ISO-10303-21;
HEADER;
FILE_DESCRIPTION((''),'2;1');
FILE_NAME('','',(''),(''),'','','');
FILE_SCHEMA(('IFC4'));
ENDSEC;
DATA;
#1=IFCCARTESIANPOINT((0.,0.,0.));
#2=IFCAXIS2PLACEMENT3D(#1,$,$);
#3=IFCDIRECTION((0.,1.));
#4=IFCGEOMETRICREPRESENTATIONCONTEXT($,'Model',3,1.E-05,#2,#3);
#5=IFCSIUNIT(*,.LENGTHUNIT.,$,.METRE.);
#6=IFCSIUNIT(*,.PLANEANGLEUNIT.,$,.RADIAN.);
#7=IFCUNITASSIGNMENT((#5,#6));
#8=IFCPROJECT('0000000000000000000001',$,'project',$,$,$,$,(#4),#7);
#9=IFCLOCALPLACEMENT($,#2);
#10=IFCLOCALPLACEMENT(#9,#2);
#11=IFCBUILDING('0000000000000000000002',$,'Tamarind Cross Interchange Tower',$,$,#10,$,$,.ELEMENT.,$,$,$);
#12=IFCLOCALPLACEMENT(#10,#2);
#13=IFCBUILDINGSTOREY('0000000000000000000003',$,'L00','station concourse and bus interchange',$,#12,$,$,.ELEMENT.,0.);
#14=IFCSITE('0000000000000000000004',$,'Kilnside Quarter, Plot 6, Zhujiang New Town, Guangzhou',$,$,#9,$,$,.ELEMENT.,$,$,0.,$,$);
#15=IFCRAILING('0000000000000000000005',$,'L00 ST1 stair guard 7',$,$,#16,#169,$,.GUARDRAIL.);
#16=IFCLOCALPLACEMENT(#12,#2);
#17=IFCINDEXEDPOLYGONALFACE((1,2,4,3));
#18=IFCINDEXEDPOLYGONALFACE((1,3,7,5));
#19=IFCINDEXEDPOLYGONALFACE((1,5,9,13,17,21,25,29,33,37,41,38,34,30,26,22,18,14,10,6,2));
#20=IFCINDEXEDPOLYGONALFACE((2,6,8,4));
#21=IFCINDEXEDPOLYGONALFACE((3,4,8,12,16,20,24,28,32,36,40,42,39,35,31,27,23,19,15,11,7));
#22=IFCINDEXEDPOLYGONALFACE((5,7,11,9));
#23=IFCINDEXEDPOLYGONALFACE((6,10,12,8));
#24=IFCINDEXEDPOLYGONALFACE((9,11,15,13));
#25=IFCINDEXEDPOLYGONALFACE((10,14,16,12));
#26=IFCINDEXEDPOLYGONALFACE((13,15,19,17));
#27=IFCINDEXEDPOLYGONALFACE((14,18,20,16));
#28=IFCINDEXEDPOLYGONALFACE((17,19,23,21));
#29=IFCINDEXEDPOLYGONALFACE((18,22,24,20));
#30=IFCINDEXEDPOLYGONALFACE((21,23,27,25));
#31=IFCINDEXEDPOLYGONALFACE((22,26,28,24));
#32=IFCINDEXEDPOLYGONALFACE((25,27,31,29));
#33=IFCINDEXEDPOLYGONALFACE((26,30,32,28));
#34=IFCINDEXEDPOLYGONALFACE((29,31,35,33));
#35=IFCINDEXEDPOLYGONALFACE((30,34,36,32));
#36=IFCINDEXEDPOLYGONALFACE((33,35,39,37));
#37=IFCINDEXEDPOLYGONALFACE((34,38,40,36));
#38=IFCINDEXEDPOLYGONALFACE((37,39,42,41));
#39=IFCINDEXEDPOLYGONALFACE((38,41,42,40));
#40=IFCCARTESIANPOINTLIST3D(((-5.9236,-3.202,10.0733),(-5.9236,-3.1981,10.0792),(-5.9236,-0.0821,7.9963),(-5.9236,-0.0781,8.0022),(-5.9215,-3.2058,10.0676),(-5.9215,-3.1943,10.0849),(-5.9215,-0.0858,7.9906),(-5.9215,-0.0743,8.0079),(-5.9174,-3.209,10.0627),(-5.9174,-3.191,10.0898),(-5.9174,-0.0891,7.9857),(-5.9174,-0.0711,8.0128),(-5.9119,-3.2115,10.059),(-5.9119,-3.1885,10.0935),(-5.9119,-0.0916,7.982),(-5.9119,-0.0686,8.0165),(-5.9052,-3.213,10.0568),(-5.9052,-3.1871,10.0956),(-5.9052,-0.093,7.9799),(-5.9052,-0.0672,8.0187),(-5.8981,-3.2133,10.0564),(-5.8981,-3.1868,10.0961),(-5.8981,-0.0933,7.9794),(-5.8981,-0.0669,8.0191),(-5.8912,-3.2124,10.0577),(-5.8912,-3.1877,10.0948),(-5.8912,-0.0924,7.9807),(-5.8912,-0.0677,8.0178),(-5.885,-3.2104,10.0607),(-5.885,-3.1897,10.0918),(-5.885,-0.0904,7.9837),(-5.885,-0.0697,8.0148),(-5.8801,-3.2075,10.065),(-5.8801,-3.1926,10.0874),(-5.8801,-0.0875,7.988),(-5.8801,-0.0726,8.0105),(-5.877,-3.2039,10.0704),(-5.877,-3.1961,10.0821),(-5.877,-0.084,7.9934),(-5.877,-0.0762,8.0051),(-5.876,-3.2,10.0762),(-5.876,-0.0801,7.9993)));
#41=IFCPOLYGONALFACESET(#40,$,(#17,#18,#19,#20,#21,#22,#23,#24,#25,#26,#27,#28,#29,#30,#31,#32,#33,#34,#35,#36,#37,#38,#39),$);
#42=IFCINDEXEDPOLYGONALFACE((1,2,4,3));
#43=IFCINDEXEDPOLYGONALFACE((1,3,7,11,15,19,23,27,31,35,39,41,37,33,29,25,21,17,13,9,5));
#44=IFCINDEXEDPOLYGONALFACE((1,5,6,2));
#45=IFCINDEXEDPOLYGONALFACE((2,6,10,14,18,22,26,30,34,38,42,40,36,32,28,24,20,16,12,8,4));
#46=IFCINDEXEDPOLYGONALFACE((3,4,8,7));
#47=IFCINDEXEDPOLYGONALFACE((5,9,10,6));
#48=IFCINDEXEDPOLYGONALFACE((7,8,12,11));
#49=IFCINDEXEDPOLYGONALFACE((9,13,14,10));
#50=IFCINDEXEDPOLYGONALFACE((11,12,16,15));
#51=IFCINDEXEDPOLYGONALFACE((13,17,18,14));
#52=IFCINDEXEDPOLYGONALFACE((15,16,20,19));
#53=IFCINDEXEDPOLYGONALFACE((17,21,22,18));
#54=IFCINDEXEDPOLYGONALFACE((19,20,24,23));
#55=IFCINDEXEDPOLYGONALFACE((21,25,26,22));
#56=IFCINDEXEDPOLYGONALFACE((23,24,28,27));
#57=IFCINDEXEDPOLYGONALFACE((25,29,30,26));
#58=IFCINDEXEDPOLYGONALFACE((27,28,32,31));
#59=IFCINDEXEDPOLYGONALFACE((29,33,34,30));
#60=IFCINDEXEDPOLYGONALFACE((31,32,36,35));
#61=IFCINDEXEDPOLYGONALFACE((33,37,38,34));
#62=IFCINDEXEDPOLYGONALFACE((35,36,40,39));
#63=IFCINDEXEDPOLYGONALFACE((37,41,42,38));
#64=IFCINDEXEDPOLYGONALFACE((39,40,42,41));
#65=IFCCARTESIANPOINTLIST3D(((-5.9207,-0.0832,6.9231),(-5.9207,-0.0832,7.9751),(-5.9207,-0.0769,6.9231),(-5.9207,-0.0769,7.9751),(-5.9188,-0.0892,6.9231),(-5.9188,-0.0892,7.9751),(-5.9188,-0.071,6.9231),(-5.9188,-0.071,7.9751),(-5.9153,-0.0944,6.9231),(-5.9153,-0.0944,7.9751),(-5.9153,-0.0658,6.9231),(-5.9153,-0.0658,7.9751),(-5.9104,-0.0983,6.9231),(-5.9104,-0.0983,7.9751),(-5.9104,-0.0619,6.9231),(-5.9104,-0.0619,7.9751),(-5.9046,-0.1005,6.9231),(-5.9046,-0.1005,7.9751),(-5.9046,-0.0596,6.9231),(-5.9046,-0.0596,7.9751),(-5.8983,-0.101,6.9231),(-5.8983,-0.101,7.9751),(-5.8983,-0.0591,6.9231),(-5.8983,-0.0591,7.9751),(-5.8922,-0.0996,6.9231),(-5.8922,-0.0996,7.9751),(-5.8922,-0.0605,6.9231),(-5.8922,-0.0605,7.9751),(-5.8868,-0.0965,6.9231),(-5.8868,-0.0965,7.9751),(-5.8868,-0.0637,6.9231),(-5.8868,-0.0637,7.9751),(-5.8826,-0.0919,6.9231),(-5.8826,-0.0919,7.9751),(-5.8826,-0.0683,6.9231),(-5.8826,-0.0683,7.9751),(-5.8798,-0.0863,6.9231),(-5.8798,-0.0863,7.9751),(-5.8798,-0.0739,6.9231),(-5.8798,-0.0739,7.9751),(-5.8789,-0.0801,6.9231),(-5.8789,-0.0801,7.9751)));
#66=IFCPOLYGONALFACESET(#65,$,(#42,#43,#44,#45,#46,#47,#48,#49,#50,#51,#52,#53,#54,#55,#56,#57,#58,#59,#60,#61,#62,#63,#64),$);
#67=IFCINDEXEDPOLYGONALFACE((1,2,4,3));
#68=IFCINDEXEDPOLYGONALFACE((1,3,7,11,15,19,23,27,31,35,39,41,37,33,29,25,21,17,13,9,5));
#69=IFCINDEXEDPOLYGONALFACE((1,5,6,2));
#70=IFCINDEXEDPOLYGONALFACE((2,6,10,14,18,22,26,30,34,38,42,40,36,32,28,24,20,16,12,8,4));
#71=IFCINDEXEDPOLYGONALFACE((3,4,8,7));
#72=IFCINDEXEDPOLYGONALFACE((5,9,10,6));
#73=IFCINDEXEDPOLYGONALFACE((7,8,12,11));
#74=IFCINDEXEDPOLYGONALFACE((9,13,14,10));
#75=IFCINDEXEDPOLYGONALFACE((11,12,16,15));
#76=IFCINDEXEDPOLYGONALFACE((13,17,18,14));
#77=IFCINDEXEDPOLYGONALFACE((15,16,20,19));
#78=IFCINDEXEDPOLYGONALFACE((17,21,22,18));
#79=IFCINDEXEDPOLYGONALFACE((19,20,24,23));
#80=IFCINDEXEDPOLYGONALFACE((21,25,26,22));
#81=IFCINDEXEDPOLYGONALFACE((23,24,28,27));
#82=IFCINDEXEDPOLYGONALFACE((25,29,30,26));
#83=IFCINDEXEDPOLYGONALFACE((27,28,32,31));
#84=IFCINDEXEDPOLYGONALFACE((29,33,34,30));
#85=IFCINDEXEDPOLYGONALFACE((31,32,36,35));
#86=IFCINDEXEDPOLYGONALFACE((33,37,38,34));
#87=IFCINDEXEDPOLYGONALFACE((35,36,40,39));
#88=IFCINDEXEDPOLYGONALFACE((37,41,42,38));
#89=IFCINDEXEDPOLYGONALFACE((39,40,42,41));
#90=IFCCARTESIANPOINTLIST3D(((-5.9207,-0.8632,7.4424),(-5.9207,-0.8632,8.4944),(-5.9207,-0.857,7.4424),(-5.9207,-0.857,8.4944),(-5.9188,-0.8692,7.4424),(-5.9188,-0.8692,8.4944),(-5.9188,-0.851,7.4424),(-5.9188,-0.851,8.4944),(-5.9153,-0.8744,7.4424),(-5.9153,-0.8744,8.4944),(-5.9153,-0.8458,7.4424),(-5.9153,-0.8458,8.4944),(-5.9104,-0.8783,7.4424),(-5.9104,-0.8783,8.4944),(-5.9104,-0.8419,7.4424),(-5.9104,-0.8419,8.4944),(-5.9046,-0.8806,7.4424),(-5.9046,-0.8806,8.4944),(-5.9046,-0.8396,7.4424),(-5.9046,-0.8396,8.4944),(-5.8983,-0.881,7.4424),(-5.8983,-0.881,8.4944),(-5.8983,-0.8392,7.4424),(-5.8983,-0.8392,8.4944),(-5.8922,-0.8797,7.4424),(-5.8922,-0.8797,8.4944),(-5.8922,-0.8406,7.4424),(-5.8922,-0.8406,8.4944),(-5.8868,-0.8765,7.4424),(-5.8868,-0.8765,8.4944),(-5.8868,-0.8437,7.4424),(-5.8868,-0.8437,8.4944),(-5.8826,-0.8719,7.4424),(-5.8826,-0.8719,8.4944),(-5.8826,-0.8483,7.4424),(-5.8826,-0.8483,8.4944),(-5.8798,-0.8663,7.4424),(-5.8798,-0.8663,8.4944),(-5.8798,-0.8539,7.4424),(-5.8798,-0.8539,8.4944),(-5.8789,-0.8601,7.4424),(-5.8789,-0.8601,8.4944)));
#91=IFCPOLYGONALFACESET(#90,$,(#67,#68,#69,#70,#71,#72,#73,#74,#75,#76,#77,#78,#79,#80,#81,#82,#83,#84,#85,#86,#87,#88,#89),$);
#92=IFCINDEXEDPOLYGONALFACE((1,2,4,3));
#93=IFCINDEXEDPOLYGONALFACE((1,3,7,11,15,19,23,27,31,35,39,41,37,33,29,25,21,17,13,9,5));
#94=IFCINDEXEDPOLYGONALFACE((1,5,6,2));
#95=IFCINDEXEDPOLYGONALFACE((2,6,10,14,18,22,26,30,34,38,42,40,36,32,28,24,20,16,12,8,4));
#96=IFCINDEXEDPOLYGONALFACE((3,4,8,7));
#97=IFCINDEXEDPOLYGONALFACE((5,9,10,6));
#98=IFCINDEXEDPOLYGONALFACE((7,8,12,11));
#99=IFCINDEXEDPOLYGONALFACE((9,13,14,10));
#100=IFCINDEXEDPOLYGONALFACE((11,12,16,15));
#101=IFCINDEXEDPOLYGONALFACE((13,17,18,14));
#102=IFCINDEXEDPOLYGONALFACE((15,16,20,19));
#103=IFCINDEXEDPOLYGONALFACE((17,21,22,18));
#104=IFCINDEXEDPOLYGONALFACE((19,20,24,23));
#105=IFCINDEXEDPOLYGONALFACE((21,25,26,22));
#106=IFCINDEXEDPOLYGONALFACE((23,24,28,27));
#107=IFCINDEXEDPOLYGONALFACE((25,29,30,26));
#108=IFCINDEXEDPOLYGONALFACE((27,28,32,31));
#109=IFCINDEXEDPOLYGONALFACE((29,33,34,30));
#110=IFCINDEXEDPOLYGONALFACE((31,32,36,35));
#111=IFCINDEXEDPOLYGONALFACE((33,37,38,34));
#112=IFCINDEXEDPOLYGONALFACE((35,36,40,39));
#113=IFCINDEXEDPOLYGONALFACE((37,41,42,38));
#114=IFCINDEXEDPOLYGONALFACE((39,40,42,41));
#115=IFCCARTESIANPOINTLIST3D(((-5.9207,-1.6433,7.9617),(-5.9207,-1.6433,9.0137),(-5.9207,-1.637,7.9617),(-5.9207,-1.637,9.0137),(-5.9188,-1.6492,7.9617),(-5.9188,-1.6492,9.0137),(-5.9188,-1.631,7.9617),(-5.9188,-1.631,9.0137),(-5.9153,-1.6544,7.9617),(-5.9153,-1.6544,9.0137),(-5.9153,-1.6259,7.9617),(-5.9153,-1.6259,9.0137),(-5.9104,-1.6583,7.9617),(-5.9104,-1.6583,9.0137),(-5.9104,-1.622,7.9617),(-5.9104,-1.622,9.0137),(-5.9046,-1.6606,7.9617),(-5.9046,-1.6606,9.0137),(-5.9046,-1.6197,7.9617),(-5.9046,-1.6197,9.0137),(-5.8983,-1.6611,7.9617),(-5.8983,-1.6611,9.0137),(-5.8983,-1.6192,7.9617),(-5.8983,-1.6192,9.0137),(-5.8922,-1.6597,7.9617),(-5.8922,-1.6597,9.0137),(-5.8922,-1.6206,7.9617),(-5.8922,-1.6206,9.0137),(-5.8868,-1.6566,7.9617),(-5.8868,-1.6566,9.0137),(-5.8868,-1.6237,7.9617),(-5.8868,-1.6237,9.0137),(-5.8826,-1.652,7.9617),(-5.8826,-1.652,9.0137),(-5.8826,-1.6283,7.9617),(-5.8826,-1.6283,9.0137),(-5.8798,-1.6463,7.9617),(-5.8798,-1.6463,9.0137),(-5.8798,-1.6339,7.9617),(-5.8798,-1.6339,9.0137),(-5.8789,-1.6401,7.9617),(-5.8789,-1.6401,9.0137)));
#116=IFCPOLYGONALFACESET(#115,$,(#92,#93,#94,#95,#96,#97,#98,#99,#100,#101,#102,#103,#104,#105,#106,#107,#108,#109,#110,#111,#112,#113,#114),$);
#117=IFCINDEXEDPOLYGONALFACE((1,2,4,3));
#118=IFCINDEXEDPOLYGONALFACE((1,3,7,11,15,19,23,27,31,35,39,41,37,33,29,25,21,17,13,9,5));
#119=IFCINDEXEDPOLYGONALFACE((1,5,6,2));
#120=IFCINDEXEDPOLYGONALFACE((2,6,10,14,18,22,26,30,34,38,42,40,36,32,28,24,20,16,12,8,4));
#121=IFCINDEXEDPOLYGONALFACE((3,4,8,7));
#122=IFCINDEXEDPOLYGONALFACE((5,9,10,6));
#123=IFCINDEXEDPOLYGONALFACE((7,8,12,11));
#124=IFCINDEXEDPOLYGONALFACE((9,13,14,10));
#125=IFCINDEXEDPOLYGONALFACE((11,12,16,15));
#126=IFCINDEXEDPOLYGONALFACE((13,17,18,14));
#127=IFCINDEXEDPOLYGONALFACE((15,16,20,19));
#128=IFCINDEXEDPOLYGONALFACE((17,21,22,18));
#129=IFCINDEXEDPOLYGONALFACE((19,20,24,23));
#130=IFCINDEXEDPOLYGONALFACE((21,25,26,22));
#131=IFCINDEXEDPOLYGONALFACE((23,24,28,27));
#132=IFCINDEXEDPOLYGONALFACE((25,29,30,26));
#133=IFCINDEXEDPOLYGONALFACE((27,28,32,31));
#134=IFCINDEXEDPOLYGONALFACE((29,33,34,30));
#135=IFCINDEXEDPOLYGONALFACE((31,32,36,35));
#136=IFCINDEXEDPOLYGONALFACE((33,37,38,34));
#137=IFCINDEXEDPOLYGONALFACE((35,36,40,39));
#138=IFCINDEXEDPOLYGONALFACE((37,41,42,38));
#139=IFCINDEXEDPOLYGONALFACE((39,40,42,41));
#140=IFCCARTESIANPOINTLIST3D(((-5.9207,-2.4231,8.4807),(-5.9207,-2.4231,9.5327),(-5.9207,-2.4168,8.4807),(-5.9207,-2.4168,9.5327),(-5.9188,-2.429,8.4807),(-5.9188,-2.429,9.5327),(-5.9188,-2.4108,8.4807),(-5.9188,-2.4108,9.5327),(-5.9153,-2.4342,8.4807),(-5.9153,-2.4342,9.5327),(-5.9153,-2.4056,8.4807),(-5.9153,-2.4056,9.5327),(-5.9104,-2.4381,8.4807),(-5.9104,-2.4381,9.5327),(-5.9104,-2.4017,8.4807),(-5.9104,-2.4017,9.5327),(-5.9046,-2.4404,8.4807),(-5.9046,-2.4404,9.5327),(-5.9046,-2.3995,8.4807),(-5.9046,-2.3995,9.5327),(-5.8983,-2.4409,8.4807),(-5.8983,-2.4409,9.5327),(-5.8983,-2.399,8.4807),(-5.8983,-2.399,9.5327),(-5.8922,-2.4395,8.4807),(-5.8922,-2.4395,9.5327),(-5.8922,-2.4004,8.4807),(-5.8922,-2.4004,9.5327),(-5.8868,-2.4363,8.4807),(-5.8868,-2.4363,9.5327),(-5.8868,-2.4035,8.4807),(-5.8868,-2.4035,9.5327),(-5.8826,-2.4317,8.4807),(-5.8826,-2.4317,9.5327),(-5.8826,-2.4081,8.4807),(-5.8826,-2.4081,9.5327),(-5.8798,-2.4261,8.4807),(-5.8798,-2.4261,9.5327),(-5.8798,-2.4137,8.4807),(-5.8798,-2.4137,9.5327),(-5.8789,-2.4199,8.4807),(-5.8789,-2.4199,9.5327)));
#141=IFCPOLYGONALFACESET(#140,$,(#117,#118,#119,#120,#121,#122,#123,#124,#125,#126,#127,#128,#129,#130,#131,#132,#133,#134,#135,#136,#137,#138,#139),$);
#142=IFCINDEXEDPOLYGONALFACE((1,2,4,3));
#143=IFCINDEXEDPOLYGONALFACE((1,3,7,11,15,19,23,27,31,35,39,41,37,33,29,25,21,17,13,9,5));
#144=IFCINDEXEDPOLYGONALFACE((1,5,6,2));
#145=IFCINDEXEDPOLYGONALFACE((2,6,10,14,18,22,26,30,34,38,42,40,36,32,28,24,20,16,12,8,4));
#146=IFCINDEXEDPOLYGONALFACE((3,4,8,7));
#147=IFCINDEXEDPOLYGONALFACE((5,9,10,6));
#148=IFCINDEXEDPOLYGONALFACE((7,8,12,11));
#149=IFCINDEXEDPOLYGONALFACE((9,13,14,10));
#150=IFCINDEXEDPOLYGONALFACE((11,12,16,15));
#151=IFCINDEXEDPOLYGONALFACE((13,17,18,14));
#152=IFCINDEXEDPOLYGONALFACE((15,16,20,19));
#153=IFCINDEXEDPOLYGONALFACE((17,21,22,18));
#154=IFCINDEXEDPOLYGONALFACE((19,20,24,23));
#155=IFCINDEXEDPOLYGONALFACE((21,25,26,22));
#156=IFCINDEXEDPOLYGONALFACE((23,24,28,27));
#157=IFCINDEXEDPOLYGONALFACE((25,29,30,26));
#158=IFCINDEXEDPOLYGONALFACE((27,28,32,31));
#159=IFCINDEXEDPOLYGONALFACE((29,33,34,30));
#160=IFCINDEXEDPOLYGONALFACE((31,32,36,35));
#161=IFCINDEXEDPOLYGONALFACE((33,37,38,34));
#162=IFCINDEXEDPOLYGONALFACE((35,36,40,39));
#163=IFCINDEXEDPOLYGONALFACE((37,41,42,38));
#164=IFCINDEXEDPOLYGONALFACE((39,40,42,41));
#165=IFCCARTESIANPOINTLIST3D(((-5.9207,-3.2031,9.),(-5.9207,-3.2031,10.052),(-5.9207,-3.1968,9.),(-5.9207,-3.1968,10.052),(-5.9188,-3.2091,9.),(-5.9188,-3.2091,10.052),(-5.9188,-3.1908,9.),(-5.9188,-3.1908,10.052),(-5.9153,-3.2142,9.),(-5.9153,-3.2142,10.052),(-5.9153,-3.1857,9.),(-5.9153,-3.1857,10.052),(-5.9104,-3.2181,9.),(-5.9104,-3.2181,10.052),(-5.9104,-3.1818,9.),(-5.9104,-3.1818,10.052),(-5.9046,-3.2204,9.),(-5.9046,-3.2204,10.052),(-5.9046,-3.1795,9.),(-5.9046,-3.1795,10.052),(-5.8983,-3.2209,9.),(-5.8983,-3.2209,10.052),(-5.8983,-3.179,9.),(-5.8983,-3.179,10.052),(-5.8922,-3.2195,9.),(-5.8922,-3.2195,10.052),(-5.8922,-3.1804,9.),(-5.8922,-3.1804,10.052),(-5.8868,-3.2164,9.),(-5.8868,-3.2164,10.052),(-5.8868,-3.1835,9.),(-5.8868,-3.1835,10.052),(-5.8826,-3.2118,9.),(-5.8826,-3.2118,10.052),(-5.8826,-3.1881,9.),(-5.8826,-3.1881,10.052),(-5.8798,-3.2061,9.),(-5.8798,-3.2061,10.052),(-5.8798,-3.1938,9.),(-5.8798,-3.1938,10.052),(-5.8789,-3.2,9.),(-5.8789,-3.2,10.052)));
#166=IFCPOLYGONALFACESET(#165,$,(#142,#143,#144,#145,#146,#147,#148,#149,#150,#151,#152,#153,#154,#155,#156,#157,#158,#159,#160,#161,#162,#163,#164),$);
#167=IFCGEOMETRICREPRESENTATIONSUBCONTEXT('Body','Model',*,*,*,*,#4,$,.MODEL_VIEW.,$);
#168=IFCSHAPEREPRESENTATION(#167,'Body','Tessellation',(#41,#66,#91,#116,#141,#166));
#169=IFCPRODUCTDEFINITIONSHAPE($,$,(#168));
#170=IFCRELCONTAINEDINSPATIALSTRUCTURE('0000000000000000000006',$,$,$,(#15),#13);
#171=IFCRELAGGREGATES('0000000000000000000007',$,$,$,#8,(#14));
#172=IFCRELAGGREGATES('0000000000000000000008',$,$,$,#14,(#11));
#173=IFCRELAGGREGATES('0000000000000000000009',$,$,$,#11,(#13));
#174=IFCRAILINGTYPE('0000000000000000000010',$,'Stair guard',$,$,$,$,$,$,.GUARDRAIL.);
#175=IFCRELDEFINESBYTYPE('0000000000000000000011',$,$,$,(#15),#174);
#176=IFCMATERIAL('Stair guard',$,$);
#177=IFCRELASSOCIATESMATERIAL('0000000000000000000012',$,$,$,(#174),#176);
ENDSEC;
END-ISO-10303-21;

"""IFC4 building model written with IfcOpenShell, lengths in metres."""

from ifc_helpers import new_model, si_unit, direction, frame, origin, origin_2d, place, context, subcontext, project, spatial, circle, extrude, material, type_object, element, save


model = new_model("IFC4")

# Units and contexts
model_context = context("Model", 3, precision=1e-05, world=origin(), true_north=direction((0.0, 1.0)))
body_context = subcontext(model_context, "Body", "Model", "MODEL_VIEW")
ifc_project = project(units=[si_unit("LENGTHUNIT", "METRE"), si_unit("PLANEANGLEUNIT", "RADIAN")], contexts=[model_context])

# Site, building, storey
site_placement = place(None, origin())
site = spatial("IfcSite", under=ifc_project, at=site_placement, Name="Kilnside Quarter, Plot 6, Zhujiang New Town, Guangzhou", CompositionType="ELEMENT", RefElevation=0.0)
building_placement = place(site_placement, origin())
building = spatial("IfcBuilding", under=site, at=building_placement, Name="Tamarind Cross Interchange Tower", CompositionType="ELEMENT")
storey_placement = place(building_placement, origin())
storey = spatial("IfcBuildingStorey", under=building, at=storey_placement, Name="L00", Description="station concourse and bus interchange", CompositionType="ELEMENT", Elevation=0.0)

# Railing
ifc_material_1 = material(Name="Stair guard")
railing_type_1 = type_object("IfcRailingType", Name="Stair guard", PredefinedType="GUARDRAIL", material=ifc_material_1)
railing_1_placement = place(storey_placement, frame((-5.8999, -0.0801, 6.9231)))
element("IfcRailing", 1, at=railing_1_placement, inside=storey, type_object=railing_type_1, Name="L00 ST1 stair guard 7", PredefinedType="GUARDRAIL", context=body_context, shape_type="SweptSolid", body=[
    extrude(circle(Radius=0.0239, at=origin_2d()), frame((0.0, 0.0, 1.0762), z_axis=(0.0, -0.832421, 0.554144), x_axis=(1.0, 0.0, 0.0)), (0.0, 0.0, 1.0), 3.748),
    extrude(circle(Radius=0.021, at=origin_2d()), origin(), (0.0, 0.0, 1.0), 1.052),
    extrude(circle(Radius=0.021, at=origin_2d()), frame((0.0, -0.78, 0.5193)), (0.0, 0.0, 1.0), 1.052),
    extrude(circle(Radius=0.021, at=origin_2d()), frame((0.0, -1.5601, 1.0386)), (0.0, 0.0, 1.0), 1.052),
    extrude(circle(Radius=0.021, at=origin_2d()), frame((0.0, -2.3398, 1.5576)), (0.0, 0.0, 1.0), 1.052),
    extrude(circle(Radius=0.021, at=origin_2d()), frame((0.0, -3.1199, 2.0769)), (0.0, 0.0, 1.0), 1.052),
])

save(model, "model.ifc")
